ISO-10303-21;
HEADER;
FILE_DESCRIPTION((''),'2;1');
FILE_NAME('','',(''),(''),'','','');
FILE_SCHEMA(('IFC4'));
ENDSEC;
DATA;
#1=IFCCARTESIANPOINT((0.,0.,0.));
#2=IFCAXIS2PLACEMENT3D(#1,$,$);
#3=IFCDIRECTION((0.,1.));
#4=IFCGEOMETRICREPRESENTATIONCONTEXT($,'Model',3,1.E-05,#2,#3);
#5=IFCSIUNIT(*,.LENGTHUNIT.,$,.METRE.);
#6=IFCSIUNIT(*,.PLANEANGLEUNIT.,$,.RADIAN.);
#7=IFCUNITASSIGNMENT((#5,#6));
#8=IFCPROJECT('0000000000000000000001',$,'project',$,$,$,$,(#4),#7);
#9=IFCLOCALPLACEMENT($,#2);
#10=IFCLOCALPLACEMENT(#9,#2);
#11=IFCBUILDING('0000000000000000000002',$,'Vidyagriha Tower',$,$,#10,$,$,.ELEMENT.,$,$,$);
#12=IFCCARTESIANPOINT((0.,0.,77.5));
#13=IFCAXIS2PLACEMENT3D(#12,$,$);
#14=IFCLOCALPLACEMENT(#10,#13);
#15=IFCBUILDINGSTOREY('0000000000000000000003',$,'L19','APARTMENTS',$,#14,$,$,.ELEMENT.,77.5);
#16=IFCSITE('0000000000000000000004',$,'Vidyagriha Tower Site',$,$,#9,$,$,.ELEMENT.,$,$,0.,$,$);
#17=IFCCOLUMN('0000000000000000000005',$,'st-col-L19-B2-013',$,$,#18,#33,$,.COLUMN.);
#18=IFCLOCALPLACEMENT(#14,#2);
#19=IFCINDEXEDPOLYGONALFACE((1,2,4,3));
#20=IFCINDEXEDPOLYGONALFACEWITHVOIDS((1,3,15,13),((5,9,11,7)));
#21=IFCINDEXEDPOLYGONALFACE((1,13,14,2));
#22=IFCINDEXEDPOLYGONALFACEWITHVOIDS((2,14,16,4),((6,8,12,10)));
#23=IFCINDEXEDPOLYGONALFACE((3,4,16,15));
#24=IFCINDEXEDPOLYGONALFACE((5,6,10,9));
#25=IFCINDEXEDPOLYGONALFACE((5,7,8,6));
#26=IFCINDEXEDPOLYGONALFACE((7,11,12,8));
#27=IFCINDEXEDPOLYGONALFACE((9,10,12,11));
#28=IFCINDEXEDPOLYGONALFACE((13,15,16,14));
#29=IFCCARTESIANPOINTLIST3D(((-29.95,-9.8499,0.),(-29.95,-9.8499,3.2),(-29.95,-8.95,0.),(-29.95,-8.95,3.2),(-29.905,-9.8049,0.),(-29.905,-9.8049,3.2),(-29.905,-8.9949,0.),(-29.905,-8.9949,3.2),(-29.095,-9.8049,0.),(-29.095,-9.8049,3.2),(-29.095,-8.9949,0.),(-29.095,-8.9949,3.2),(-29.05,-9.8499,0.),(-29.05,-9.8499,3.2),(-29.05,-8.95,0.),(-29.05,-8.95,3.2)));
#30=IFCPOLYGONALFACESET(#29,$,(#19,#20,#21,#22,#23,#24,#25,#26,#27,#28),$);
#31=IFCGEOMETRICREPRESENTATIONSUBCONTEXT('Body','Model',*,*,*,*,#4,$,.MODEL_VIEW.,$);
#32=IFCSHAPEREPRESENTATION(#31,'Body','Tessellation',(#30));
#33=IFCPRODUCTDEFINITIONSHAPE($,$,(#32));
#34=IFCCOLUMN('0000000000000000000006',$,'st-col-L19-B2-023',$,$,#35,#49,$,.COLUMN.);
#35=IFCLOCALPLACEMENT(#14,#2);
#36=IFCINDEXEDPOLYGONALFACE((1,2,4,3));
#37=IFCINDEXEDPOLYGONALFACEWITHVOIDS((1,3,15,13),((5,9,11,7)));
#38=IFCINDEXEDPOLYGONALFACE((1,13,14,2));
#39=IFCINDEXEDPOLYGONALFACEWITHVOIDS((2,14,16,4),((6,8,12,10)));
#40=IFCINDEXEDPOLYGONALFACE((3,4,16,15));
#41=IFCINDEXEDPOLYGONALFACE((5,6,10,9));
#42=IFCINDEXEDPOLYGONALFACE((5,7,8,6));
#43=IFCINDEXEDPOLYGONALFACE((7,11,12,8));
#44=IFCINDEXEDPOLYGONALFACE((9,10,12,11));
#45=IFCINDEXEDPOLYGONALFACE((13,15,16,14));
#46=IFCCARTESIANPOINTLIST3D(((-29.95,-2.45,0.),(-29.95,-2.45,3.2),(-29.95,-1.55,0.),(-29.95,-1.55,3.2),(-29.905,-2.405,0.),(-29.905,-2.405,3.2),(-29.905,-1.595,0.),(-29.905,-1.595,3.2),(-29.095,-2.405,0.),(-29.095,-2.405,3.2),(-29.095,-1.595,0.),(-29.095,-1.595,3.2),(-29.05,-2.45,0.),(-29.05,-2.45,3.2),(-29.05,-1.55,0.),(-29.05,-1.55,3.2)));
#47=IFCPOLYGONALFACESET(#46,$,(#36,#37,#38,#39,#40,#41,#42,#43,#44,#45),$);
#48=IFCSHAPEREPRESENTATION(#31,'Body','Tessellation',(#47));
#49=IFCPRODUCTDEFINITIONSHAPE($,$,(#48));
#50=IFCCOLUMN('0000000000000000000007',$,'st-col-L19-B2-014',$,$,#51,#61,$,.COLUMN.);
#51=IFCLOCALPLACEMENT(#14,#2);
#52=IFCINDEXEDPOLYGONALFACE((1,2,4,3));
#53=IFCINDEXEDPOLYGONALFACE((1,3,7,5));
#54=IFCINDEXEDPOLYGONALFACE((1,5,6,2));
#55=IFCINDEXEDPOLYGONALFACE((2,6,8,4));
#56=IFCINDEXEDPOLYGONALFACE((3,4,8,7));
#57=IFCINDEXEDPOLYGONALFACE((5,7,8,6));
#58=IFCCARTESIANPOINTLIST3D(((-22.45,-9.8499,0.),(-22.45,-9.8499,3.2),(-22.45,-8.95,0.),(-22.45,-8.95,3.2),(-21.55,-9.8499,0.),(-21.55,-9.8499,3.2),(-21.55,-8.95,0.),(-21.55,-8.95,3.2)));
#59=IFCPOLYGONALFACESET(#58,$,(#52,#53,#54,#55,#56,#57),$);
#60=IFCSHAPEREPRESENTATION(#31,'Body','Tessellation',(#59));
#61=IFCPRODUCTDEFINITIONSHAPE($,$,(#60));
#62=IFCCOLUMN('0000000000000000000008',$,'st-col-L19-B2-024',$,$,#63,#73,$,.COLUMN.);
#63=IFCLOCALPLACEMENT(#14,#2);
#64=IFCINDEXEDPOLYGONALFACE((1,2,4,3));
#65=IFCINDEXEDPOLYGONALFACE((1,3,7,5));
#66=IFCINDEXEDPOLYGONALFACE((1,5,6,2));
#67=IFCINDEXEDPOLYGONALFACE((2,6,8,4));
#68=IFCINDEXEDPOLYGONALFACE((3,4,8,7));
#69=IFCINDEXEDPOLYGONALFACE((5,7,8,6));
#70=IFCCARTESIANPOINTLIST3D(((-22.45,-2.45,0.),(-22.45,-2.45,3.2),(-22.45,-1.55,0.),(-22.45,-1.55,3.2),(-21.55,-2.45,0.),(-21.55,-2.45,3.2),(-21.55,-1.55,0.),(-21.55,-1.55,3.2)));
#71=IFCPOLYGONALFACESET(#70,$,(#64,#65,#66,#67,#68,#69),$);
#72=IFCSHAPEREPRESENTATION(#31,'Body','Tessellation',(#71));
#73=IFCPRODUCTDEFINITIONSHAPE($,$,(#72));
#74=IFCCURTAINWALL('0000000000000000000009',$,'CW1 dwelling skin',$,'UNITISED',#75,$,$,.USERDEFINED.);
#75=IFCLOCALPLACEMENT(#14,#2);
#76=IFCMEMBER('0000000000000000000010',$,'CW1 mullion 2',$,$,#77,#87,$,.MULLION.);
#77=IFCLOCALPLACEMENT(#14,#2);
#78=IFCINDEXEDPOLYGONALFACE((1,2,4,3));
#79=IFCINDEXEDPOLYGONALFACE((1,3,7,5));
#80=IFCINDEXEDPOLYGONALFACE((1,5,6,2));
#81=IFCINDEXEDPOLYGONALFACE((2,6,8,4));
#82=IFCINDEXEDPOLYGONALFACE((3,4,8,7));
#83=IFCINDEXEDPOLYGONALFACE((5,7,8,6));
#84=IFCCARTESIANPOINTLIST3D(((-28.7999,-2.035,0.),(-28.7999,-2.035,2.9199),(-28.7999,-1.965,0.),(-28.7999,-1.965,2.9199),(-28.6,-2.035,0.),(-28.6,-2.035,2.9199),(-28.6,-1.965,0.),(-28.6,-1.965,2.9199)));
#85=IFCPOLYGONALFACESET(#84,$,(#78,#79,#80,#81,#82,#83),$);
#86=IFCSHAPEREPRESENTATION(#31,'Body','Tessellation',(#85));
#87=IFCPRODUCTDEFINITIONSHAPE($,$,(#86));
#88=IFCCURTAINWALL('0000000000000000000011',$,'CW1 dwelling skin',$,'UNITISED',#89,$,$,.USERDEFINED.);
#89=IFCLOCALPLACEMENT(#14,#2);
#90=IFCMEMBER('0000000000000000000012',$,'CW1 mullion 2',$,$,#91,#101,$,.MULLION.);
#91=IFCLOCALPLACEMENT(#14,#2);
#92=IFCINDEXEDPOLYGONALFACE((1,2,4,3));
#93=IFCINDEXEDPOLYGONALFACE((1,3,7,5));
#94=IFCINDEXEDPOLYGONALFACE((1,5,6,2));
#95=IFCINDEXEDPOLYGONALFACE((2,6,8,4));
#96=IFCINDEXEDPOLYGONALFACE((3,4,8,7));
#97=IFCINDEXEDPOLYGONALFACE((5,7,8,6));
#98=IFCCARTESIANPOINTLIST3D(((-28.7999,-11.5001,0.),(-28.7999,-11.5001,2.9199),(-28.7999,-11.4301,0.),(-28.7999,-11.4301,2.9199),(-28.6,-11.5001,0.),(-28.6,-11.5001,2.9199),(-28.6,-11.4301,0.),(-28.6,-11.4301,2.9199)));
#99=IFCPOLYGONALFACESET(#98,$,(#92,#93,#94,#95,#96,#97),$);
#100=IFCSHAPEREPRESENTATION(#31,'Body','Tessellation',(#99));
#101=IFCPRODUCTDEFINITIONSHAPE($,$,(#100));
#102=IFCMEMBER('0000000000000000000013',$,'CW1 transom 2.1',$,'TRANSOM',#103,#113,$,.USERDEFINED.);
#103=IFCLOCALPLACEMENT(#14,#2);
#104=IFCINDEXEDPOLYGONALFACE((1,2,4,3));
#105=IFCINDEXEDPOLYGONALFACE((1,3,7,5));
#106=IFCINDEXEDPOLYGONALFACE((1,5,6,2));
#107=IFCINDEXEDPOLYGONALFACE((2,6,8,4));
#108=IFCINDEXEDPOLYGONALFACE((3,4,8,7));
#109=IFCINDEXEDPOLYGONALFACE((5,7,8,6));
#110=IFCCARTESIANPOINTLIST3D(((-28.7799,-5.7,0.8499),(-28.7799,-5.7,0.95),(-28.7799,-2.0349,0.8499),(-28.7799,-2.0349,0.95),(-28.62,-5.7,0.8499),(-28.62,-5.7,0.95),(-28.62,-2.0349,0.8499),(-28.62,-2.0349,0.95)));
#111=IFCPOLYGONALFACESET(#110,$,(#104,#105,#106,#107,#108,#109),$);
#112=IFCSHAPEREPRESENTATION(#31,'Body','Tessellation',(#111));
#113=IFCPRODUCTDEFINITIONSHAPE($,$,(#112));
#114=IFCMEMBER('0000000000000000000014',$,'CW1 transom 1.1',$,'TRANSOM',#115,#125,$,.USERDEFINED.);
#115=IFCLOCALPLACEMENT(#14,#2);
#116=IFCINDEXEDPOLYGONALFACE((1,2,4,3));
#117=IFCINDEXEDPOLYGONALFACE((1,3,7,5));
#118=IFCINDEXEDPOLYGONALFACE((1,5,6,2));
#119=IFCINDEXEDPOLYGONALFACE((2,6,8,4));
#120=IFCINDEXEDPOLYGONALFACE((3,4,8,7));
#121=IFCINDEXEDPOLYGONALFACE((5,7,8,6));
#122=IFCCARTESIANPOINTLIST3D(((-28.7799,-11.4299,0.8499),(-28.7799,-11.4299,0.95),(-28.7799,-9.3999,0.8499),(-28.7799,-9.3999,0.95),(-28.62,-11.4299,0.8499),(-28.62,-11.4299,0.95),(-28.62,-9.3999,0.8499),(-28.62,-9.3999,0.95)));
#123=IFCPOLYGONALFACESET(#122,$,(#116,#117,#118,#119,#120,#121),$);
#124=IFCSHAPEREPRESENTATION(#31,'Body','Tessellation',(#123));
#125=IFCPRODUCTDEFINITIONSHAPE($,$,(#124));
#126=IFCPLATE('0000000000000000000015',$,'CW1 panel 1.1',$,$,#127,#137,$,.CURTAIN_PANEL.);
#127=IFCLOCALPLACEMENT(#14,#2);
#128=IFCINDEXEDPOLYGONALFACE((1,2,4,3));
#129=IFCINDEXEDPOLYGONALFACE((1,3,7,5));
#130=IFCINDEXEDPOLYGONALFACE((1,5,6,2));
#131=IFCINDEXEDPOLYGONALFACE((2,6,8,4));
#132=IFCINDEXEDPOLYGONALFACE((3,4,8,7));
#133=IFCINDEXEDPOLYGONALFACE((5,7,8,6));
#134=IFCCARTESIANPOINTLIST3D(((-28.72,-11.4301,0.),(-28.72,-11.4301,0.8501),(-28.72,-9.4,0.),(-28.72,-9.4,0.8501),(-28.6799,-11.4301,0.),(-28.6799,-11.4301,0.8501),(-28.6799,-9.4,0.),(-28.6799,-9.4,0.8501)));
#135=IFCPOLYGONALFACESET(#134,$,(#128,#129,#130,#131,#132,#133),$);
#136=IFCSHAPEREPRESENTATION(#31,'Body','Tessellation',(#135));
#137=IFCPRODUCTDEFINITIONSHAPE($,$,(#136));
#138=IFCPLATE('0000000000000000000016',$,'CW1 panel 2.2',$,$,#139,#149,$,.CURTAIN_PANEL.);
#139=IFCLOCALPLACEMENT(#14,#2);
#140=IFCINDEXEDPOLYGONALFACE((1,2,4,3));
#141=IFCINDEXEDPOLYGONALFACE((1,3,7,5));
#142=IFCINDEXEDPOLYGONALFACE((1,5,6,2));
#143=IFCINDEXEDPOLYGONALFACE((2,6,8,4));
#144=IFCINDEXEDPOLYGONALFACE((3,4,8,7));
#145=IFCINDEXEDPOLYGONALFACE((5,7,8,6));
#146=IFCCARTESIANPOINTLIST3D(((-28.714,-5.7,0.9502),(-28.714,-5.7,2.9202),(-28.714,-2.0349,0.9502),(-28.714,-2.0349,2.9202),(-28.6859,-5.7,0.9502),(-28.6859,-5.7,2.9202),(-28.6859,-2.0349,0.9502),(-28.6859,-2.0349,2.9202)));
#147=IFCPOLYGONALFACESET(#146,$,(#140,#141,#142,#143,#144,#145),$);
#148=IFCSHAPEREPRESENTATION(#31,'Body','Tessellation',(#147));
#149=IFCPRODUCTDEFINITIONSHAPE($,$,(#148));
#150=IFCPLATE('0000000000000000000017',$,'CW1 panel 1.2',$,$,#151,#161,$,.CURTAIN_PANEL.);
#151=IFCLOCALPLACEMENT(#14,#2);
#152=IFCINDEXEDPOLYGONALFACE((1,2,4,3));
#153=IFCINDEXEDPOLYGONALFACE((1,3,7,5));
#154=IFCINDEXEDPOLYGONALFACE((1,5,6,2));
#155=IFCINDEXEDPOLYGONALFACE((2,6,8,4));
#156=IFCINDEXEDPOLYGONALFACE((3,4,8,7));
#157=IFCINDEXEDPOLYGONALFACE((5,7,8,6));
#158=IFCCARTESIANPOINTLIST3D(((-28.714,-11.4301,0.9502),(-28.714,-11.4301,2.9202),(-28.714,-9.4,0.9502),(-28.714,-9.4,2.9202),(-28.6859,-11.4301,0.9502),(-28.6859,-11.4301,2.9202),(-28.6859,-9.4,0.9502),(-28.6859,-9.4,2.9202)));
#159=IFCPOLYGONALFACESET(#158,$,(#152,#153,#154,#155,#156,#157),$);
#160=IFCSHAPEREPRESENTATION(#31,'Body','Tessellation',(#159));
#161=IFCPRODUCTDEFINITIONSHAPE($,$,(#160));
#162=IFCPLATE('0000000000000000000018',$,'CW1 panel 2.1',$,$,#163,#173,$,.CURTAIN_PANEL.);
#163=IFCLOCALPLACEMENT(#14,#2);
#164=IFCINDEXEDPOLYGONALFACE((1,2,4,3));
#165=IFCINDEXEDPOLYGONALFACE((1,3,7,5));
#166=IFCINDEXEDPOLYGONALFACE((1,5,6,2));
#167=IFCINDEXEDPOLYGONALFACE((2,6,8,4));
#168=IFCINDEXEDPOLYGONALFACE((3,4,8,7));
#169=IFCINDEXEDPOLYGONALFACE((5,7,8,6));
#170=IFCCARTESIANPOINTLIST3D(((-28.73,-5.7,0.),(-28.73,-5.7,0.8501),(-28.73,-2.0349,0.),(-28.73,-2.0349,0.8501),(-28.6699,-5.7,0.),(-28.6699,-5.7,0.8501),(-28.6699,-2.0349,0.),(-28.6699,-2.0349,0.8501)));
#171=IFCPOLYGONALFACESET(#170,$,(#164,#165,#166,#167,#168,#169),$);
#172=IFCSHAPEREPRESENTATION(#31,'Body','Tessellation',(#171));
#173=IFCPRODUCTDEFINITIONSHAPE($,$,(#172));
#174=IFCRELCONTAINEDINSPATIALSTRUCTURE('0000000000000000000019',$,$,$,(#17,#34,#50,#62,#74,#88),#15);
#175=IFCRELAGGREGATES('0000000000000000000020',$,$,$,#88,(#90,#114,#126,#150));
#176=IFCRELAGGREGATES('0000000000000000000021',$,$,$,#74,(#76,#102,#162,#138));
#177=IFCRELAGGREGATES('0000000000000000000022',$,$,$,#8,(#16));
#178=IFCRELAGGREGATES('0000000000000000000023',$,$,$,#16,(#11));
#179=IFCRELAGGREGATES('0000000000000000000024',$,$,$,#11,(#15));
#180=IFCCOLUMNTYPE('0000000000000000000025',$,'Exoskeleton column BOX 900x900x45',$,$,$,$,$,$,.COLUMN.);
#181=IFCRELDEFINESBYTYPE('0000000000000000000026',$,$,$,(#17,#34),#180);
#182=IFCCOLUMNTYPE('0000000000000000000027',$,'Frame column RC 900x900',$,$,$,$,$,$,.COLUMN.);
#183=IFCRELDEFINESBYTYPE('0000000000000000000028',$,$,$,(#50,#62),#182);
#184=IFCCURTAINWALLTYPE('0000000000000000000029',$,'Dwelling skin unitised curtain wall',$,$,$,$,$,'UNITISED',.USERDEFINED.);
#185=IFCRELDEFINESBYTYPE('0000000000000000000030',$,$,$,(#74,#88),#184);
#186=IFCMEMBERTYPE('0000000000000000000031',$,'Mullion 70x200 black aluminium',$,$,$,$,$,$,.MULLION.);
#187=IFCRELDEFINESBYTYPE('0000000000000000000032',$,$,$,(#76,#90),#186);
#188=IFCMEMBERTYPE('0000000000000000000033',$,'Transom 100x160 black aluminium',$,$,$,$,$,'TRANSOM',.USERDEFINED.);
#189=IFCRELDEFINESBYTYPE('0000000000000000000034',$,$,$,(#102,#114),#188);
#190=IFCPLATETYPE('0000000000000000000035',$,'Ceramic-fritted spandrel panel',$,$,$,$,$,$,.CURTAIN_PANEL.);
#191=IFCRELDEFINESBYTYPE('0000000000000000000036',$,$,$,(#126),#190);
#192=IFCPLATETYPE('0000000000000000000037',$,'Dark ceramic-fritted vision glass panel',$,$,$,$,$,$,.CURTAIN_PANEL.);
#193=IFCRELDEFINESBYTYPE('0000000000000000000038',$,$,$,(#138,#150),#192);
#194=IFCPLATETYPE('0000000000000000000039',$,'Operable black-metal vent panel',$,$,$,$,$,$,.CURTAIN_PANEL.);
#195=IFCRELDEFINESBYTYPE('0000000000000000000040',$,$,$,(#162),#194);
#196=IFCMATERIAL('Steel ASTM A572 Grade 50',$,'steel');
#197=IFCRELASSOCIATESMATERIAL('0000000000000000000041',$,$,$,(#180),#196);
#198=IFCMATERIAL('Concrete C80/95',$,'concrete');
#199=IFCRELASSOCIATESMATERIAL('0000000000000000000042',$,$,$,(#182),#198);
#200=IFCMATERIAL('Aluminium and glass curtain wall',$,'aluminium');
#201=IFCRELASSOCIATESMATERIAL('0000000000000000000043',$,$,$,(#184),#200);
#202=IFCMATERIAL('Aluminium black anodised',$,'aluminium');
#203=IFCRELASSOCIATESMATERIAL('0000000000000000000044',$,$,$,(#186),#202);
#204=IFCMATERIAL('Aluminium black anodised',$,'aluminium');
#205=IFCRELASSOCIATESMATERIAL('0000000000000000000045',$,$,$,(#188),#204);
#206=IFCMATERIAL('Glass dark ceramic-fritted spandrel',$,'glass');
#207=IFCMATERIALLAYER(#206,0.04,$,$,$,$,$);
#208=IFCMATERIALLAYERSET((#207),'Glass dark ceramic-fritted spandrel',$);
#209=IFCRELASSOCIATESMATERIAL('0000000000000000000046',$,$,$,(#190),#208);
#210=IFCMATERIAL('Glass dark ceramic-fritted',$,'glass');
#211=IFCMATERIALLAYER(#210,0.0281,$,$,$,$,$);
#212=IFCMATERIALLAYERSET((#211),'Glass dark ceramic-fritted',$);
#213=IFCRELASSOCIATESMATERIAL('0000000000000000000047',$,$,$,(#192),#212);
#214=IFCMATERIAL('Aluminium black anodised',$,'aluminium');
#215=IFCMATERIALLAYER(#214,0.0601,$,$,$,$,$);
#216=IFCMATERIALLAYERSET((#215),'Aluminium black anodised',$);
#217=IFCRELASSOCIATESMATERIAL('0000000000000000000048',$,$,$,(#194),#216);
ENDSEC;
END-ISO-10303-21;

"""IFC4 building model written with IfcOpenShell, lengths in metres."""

from ifc_helpers import new_model, si_unit, direction, frame, origin, origin_2d, place, context, subcontext, project, spatial, rectangle, hollow_rectangle, extrude, material, layer, layer_set, material_profile, profile_set, type_object, element, aggregate, save


model = new_model("IFC4")

# Units and contexts
model_context = context("Model", 3, precision=1e-05, world=origin(), true_north=direction((0.0, 1.0)))
body_context = subcontext(model_context, "Body", "Model", "MODEL_VIEW")
ifc_project = project(units=[si_unit("LENGTHUNIT", "METRE"), si_unit("PLANEANGLEUNIT", "RADIAN")], contexts=[model_context])

# Site, building, storey
site_placement = place(None, origin())
site = spatial("IfcSite", under=ifc_project, at=site_placement, Name="Vidyagriha Tower Site", CompositionType="ELEMENT", RefElevation=0.0)
building_placement = place(site_placement, origin())
building = spatial("IfcBuilding", under=site, at=building_placement, Name="Vidyagriha Tower", CompositionType="ELEMENT")
storey_placement = place(building_placement, frame((0.0, 0.0, 77.5)))
storey = spatial("IfcBuildingStorey", under=building, at=storey_placement, Name="L19", Description="APARTMENTS", CompositionType="ELEMENT", Elevation=77.5)

# Columns
ifc_material_1 = material(Name="Steel ASTM A572 Grade 50", Category="steel")
ifc_material_profile_1 = material_profile(ifc_material_1, hollow_rectangle(XDim=0.8999, YDim=0.8999, WallThickness=0.0449, at=origin_2d()), Name="BOX 900x900x45")
ifc_profile_set_1 = profile_set([ifc_material_profile_1], Name="Steel ASTM A572 Grade 50")
column_type_1 = type_object("IfcColumnType", Name="Exoskeleton column BOX 900x900x45", PredefinedType="COLUMN", material=ifc_profile_set_1)
for number, where, name in (
    (1, (-29.5, -9.3999, 0.0), "st-col-L19-B2-013"),
    (2, (-29.5, -2.0, 0.0), "st-col-L19-B2-023"),
):
    element("IfcColumn", number, at=place(storey_placement, frame(where)), inside=storey, type_object=column_type_1, Name=name, PredefinedType="COLUMN", context=body_context, shape_type="SweptSolid", body=[
        extrude(hollow_rectangle(XDim=0.8999, YDim=0.8999, WallThickness=0.0449, at=origin_2d()), origin(), (0.0, 0.0, 1.0), 3.2),
    ])
ifc_material_2 = material(Name="Concrete C80/95", Category="concrete")
ifc_material_profile_2 = material_profile(ifc_material_2, rectangle(XDim=0.8999, YDim=0.8999, at=origin_2d()), Name="RC 900x900")
ifc_profile_set_2 = profile_set([ifc_material_profile_2], Name="Concrete C80/95")
column_type_2 = type_object("IfcColumnType", Name="Frame column RC 900x900", PredefinedType="COLUMN", material=ifc_profile_set_2)
for number, where, name in (
    (3, (-22.0, -9.3999, 0.0), "st-col-L19-B2-014"),
    (4, (-22.0, -2.0, 0.0), "st-col-L19-B2-024"),
):
    element("IfcColumn", number, at=place(storey_placement, frame(where)), inside=storey, type_object=column_type_2, Name=name, PredefinedType="COLUMN", context=body_context, shape_type="SweptSolid", body=[
        extrude(rectangle(XDim=0.8999, YDim=0.8999, at=origin_2d()), origin(), (0.0, 0.0, 1.0), 3.2),
    ])

# Curtain walls, members
ifc_material_3 = material(Name="Aluminium and glass curtain wall", Category="aluminium")
curtain_wall_type = type_object("IfcCurtainWallType", Name="Dwelling skin unitised curtain wall", ElementType="UNITISED", PredefinedType="USERDEFINED", material=ifc_material_3)
curtain_wall_1_placement = place(storey_placement, origin())
curtain_wall_1 = element("IfcCurtainWall", 5, at=curtain_wall_1_placement, inside=storey, type_object=curtain_wall_type, Name="CW1 dwelling skin", ObjectType="UNITISED", PredefinedType="USERDEFINED")
ifc_material_4 = material(Name="Aluminium black anodised", Category="aluminium")
ifc_material_profile_3 = material_profile(ifc_material_4, rectangle(XDim=0.2, YDim=0.0701, at=origin_2d()), Name="Mullion 70x200 black aluminium")
ifc_profile_set_3 = profile_set([ifc_material_profile_3], Name="Aluminium black anodised")
member_type_1 = type_object("IfcMemberType", Name="Mullion 70x200 black aluminium", PredefinedType="MULLION", material=ifc_profile_set_3)
member_1_placement = place(storey_placement, frame((-28.7, -2.0, 0.0)))
member_1 = element("IfcMember", 6, at=member_1_placement, type_object=member_type_1, Name="CW1 mullion 2", PredefinedType="MULLION", context=body_context, shape_type="SweptSolid", body=[
    extrude(rectangle(XDim=0.2, YDim=0.0701, at=origin_2d()), origin(), (0.0, 0.0, 1.0), 2.9199),
])
curtain_wall_2_placement = place(storey_placement, origin())
curtain_wall_2 = element("IfcCurtainWall", 7, at=curtain_wall_2_placement, inside=storey, type_object=curtain_wall_type, Name="CW1 dwelling skin", ObjectType="UNITISED", PredefinedType="USERDEFINED")
member_2_placement = place(storey_placement, frame((-28.7, -11.4651, 0.0)))
member_2 = element("IfcMember", 8, at=member_2_placement, type_object=member_type_1, Name="CW1 mullion 2", PredefinedType="MULLION", context=body_context, shape_type="SweptSolid", body=[
    extrude(rectangle(XDim=0.2, YDim=0.0701, at=origin_2d()), origin(), (0.0, 0.0, 1.0), 2.9199),
])

# Members
ifc_material_5 = material(Name="Aluminium black anodised", Category="aluminium")
ifc_material_profile_4 = material_profile(ifc_material_5, rectangle(XDim=0.1599, YDim=0.1001, at=origin_2d()), Name="Transom 100x160 black aluminium")
ifc_profile_set_4 = profile_set([ifc_material_profile_4], Name="Aluminium black anodised")
member_type_2 = type_object("IfcMemberType", Name="Transom 100x160 black aluminium", ElementType="TRANSOM", PredefinedType="USERDEFINED", material=ifc_profile_set_4)
member_3_placement = place(storey_placement, frame((-28.7, -2.0349, 0.8999), z_axis=(0.0, -1.0, 0.0), x_axis=(1.0, 0.0, 0.0)))
member_3 = element("IfcMember", 9, at=member_3_placement, type_object=member_type_2, Name="CW1 transom 2.1", ObjectType="TRANSOM", PredefinedType="USERDEFINED", context=body_context, shape_type="SweptSolid", body=[
    extrude(rectangle(XDim=0.1599, YDim=0.1001, at=origin_2d()), origin(), (0.0, 0.0, 1.0), 3.665),
])
member_4_placement = place(storey_placement, frame((-28.7, -9.3999, 0.8999), z_axis=(0.0, -1.0, 0.0), x_axis=(1.0, 0.0, 0.0)))
member_4 = element("IfcMember", 10, at=member_4_placement, type_object=member_type_2, Name="CW1 transom 1.1", ObjectType="TRANSOM", PredefinedType="USERDEFINED", context=body_context, shape_type="SweptSolid", body=[
    extrude(rectangle(XDim=0.1599, YDim=0.1001, at=origin_2d()), origin(), (0.0, 0.0, 1.0), 2.03),
])

# Plates
ifc_material_6 = material(Name="Glass dark ceramic-fritted spandrel", Category="glass")
ifc_layer_1 = layer(ifc_material_6, 0.04)
ifc_layer_set_1 = layer_set([ifc_layer_1], Name="Glass dark ceramic-fritted spandrel")
plate_type_1 = type_object("IfcPlateType", Name="Ceramic-fritted spandrel panel", PredefinedType="CURTAIN_PANEL", material=ifc_layer_set_1)
plate_1_placement = place(storey_placement, frame((-28.7, -10.415, 0.0), z_axis=(0.0, 0.0, 1.0), x_axis=(0.0, -1.0, 0.0)))
plate_1 = element("IfcPlate", 11, at=plate_1_placement, type_object=plate_type_1, Name="CW1 panel 1.1", PredefinedType="CURTAIN_PANEL", context=body_context, shape_type="SweptSolid", body=[
    extrude(rectangle(XDim=2.03, YDim=0.04, at=origin_2d()), origin(), (0.0, 0.0, 1.0), 0.8501),
])
ifc_material_7 = material(Name="Glass dark ceramic-fritted", Category="glass")
ifc_layer_2 = layer(ifc_material_7, 0.0281)
ifc_layer_set_2 = layer_set([ifc_layer_2], Name="Glass dark ceramic-fritted")
plate_type_2 = type_object("IfcPlateType", Name="Dark ceramic-fritted vision glass panel", PredefinedType="CURTAIN_PANEL", material=ifc_layer_set_2)
plate_2_placement = place(storey_placement, frame((-28.7, -3.8674, 0.9502), z_axis=(0.0, 0.0, 1.0), x_axis=(0.0, -1.0, 0.0)))
plate_2 = element("IfcPlate", 12, at=plate_2_placement, type_object=plate_type_2, Name="CW1 panel 2.2", PredefinedType="CURTAIN_PANEL", context=body_context, shape_type="SweptSolid", body=[
    extrude(rectangle(XDim=3.665, YDim=0.0281, at=origin_2d()), origin(), (0.0, 0.0, 1.0), 1.97),
])
plate_3_placement = place(storey_placement, frame((-28.7, -10.415, 0.9502), z_axis=(0.0, 0.0, 1.0), x_axis=(0.0, -1.0, 0.0)))
plate_3 = element("IfcPlate", 13, at=plate_3_placement, type_object=plate_type_2, Name="CW1 panel 1.2", PredefinedType="CURTAIN_PANEL", context=body_context, shape_type="SweptSolid", body=[
    extrude(rectangle(XDim=2.03, YDim=0.0281, at=origin_2d()), origin(), (0.0, 0.0, 1.0), 1.97),
])
aggregate(curtain_wall_2, [member_2, member_4, plate_1, plate_3])
ifc_material_8 = material(Name="Aluminium black anodised", Category="aluminium")
ifc_layer_3 = layer(ifc_material_8, 0.0601)
ifc_layer_set_3 = layer_set([ifc_layer_3], Name="Aluminium black anodised")
plate_type_3 = type_object("IfcPlateType", Name="Operable black-metal vent panel", PredefinedType="CURTAIN_PANEL", material=ifc_layer_set_3)
plate_4_placement = place(storey_placement, frame((-28.7, -3.8674, 0.0), z_axis=(0.0, 0.0, 1.0), x_axis=(0.0, -1.0, 0.0)))
plate_4 = element("IfcPlate", 14, at=plate_4_placement, type_object=plate_type_3, Name="CW1 panel 2.1", PredefinedType="CURTAIN_PANEL", context=body_context, shape_type="SweptSolid", body=[
    extrude(rectangle(XDim=3.665, YDim=0.0601, at=origin_2d()), origin(), (0.0, 0.0, 1.0), 0.8501),
])
aggregate(curtain_wall_1, [member_1, member_3, plate_4, plate_2])

save(model, "model.ifc")
